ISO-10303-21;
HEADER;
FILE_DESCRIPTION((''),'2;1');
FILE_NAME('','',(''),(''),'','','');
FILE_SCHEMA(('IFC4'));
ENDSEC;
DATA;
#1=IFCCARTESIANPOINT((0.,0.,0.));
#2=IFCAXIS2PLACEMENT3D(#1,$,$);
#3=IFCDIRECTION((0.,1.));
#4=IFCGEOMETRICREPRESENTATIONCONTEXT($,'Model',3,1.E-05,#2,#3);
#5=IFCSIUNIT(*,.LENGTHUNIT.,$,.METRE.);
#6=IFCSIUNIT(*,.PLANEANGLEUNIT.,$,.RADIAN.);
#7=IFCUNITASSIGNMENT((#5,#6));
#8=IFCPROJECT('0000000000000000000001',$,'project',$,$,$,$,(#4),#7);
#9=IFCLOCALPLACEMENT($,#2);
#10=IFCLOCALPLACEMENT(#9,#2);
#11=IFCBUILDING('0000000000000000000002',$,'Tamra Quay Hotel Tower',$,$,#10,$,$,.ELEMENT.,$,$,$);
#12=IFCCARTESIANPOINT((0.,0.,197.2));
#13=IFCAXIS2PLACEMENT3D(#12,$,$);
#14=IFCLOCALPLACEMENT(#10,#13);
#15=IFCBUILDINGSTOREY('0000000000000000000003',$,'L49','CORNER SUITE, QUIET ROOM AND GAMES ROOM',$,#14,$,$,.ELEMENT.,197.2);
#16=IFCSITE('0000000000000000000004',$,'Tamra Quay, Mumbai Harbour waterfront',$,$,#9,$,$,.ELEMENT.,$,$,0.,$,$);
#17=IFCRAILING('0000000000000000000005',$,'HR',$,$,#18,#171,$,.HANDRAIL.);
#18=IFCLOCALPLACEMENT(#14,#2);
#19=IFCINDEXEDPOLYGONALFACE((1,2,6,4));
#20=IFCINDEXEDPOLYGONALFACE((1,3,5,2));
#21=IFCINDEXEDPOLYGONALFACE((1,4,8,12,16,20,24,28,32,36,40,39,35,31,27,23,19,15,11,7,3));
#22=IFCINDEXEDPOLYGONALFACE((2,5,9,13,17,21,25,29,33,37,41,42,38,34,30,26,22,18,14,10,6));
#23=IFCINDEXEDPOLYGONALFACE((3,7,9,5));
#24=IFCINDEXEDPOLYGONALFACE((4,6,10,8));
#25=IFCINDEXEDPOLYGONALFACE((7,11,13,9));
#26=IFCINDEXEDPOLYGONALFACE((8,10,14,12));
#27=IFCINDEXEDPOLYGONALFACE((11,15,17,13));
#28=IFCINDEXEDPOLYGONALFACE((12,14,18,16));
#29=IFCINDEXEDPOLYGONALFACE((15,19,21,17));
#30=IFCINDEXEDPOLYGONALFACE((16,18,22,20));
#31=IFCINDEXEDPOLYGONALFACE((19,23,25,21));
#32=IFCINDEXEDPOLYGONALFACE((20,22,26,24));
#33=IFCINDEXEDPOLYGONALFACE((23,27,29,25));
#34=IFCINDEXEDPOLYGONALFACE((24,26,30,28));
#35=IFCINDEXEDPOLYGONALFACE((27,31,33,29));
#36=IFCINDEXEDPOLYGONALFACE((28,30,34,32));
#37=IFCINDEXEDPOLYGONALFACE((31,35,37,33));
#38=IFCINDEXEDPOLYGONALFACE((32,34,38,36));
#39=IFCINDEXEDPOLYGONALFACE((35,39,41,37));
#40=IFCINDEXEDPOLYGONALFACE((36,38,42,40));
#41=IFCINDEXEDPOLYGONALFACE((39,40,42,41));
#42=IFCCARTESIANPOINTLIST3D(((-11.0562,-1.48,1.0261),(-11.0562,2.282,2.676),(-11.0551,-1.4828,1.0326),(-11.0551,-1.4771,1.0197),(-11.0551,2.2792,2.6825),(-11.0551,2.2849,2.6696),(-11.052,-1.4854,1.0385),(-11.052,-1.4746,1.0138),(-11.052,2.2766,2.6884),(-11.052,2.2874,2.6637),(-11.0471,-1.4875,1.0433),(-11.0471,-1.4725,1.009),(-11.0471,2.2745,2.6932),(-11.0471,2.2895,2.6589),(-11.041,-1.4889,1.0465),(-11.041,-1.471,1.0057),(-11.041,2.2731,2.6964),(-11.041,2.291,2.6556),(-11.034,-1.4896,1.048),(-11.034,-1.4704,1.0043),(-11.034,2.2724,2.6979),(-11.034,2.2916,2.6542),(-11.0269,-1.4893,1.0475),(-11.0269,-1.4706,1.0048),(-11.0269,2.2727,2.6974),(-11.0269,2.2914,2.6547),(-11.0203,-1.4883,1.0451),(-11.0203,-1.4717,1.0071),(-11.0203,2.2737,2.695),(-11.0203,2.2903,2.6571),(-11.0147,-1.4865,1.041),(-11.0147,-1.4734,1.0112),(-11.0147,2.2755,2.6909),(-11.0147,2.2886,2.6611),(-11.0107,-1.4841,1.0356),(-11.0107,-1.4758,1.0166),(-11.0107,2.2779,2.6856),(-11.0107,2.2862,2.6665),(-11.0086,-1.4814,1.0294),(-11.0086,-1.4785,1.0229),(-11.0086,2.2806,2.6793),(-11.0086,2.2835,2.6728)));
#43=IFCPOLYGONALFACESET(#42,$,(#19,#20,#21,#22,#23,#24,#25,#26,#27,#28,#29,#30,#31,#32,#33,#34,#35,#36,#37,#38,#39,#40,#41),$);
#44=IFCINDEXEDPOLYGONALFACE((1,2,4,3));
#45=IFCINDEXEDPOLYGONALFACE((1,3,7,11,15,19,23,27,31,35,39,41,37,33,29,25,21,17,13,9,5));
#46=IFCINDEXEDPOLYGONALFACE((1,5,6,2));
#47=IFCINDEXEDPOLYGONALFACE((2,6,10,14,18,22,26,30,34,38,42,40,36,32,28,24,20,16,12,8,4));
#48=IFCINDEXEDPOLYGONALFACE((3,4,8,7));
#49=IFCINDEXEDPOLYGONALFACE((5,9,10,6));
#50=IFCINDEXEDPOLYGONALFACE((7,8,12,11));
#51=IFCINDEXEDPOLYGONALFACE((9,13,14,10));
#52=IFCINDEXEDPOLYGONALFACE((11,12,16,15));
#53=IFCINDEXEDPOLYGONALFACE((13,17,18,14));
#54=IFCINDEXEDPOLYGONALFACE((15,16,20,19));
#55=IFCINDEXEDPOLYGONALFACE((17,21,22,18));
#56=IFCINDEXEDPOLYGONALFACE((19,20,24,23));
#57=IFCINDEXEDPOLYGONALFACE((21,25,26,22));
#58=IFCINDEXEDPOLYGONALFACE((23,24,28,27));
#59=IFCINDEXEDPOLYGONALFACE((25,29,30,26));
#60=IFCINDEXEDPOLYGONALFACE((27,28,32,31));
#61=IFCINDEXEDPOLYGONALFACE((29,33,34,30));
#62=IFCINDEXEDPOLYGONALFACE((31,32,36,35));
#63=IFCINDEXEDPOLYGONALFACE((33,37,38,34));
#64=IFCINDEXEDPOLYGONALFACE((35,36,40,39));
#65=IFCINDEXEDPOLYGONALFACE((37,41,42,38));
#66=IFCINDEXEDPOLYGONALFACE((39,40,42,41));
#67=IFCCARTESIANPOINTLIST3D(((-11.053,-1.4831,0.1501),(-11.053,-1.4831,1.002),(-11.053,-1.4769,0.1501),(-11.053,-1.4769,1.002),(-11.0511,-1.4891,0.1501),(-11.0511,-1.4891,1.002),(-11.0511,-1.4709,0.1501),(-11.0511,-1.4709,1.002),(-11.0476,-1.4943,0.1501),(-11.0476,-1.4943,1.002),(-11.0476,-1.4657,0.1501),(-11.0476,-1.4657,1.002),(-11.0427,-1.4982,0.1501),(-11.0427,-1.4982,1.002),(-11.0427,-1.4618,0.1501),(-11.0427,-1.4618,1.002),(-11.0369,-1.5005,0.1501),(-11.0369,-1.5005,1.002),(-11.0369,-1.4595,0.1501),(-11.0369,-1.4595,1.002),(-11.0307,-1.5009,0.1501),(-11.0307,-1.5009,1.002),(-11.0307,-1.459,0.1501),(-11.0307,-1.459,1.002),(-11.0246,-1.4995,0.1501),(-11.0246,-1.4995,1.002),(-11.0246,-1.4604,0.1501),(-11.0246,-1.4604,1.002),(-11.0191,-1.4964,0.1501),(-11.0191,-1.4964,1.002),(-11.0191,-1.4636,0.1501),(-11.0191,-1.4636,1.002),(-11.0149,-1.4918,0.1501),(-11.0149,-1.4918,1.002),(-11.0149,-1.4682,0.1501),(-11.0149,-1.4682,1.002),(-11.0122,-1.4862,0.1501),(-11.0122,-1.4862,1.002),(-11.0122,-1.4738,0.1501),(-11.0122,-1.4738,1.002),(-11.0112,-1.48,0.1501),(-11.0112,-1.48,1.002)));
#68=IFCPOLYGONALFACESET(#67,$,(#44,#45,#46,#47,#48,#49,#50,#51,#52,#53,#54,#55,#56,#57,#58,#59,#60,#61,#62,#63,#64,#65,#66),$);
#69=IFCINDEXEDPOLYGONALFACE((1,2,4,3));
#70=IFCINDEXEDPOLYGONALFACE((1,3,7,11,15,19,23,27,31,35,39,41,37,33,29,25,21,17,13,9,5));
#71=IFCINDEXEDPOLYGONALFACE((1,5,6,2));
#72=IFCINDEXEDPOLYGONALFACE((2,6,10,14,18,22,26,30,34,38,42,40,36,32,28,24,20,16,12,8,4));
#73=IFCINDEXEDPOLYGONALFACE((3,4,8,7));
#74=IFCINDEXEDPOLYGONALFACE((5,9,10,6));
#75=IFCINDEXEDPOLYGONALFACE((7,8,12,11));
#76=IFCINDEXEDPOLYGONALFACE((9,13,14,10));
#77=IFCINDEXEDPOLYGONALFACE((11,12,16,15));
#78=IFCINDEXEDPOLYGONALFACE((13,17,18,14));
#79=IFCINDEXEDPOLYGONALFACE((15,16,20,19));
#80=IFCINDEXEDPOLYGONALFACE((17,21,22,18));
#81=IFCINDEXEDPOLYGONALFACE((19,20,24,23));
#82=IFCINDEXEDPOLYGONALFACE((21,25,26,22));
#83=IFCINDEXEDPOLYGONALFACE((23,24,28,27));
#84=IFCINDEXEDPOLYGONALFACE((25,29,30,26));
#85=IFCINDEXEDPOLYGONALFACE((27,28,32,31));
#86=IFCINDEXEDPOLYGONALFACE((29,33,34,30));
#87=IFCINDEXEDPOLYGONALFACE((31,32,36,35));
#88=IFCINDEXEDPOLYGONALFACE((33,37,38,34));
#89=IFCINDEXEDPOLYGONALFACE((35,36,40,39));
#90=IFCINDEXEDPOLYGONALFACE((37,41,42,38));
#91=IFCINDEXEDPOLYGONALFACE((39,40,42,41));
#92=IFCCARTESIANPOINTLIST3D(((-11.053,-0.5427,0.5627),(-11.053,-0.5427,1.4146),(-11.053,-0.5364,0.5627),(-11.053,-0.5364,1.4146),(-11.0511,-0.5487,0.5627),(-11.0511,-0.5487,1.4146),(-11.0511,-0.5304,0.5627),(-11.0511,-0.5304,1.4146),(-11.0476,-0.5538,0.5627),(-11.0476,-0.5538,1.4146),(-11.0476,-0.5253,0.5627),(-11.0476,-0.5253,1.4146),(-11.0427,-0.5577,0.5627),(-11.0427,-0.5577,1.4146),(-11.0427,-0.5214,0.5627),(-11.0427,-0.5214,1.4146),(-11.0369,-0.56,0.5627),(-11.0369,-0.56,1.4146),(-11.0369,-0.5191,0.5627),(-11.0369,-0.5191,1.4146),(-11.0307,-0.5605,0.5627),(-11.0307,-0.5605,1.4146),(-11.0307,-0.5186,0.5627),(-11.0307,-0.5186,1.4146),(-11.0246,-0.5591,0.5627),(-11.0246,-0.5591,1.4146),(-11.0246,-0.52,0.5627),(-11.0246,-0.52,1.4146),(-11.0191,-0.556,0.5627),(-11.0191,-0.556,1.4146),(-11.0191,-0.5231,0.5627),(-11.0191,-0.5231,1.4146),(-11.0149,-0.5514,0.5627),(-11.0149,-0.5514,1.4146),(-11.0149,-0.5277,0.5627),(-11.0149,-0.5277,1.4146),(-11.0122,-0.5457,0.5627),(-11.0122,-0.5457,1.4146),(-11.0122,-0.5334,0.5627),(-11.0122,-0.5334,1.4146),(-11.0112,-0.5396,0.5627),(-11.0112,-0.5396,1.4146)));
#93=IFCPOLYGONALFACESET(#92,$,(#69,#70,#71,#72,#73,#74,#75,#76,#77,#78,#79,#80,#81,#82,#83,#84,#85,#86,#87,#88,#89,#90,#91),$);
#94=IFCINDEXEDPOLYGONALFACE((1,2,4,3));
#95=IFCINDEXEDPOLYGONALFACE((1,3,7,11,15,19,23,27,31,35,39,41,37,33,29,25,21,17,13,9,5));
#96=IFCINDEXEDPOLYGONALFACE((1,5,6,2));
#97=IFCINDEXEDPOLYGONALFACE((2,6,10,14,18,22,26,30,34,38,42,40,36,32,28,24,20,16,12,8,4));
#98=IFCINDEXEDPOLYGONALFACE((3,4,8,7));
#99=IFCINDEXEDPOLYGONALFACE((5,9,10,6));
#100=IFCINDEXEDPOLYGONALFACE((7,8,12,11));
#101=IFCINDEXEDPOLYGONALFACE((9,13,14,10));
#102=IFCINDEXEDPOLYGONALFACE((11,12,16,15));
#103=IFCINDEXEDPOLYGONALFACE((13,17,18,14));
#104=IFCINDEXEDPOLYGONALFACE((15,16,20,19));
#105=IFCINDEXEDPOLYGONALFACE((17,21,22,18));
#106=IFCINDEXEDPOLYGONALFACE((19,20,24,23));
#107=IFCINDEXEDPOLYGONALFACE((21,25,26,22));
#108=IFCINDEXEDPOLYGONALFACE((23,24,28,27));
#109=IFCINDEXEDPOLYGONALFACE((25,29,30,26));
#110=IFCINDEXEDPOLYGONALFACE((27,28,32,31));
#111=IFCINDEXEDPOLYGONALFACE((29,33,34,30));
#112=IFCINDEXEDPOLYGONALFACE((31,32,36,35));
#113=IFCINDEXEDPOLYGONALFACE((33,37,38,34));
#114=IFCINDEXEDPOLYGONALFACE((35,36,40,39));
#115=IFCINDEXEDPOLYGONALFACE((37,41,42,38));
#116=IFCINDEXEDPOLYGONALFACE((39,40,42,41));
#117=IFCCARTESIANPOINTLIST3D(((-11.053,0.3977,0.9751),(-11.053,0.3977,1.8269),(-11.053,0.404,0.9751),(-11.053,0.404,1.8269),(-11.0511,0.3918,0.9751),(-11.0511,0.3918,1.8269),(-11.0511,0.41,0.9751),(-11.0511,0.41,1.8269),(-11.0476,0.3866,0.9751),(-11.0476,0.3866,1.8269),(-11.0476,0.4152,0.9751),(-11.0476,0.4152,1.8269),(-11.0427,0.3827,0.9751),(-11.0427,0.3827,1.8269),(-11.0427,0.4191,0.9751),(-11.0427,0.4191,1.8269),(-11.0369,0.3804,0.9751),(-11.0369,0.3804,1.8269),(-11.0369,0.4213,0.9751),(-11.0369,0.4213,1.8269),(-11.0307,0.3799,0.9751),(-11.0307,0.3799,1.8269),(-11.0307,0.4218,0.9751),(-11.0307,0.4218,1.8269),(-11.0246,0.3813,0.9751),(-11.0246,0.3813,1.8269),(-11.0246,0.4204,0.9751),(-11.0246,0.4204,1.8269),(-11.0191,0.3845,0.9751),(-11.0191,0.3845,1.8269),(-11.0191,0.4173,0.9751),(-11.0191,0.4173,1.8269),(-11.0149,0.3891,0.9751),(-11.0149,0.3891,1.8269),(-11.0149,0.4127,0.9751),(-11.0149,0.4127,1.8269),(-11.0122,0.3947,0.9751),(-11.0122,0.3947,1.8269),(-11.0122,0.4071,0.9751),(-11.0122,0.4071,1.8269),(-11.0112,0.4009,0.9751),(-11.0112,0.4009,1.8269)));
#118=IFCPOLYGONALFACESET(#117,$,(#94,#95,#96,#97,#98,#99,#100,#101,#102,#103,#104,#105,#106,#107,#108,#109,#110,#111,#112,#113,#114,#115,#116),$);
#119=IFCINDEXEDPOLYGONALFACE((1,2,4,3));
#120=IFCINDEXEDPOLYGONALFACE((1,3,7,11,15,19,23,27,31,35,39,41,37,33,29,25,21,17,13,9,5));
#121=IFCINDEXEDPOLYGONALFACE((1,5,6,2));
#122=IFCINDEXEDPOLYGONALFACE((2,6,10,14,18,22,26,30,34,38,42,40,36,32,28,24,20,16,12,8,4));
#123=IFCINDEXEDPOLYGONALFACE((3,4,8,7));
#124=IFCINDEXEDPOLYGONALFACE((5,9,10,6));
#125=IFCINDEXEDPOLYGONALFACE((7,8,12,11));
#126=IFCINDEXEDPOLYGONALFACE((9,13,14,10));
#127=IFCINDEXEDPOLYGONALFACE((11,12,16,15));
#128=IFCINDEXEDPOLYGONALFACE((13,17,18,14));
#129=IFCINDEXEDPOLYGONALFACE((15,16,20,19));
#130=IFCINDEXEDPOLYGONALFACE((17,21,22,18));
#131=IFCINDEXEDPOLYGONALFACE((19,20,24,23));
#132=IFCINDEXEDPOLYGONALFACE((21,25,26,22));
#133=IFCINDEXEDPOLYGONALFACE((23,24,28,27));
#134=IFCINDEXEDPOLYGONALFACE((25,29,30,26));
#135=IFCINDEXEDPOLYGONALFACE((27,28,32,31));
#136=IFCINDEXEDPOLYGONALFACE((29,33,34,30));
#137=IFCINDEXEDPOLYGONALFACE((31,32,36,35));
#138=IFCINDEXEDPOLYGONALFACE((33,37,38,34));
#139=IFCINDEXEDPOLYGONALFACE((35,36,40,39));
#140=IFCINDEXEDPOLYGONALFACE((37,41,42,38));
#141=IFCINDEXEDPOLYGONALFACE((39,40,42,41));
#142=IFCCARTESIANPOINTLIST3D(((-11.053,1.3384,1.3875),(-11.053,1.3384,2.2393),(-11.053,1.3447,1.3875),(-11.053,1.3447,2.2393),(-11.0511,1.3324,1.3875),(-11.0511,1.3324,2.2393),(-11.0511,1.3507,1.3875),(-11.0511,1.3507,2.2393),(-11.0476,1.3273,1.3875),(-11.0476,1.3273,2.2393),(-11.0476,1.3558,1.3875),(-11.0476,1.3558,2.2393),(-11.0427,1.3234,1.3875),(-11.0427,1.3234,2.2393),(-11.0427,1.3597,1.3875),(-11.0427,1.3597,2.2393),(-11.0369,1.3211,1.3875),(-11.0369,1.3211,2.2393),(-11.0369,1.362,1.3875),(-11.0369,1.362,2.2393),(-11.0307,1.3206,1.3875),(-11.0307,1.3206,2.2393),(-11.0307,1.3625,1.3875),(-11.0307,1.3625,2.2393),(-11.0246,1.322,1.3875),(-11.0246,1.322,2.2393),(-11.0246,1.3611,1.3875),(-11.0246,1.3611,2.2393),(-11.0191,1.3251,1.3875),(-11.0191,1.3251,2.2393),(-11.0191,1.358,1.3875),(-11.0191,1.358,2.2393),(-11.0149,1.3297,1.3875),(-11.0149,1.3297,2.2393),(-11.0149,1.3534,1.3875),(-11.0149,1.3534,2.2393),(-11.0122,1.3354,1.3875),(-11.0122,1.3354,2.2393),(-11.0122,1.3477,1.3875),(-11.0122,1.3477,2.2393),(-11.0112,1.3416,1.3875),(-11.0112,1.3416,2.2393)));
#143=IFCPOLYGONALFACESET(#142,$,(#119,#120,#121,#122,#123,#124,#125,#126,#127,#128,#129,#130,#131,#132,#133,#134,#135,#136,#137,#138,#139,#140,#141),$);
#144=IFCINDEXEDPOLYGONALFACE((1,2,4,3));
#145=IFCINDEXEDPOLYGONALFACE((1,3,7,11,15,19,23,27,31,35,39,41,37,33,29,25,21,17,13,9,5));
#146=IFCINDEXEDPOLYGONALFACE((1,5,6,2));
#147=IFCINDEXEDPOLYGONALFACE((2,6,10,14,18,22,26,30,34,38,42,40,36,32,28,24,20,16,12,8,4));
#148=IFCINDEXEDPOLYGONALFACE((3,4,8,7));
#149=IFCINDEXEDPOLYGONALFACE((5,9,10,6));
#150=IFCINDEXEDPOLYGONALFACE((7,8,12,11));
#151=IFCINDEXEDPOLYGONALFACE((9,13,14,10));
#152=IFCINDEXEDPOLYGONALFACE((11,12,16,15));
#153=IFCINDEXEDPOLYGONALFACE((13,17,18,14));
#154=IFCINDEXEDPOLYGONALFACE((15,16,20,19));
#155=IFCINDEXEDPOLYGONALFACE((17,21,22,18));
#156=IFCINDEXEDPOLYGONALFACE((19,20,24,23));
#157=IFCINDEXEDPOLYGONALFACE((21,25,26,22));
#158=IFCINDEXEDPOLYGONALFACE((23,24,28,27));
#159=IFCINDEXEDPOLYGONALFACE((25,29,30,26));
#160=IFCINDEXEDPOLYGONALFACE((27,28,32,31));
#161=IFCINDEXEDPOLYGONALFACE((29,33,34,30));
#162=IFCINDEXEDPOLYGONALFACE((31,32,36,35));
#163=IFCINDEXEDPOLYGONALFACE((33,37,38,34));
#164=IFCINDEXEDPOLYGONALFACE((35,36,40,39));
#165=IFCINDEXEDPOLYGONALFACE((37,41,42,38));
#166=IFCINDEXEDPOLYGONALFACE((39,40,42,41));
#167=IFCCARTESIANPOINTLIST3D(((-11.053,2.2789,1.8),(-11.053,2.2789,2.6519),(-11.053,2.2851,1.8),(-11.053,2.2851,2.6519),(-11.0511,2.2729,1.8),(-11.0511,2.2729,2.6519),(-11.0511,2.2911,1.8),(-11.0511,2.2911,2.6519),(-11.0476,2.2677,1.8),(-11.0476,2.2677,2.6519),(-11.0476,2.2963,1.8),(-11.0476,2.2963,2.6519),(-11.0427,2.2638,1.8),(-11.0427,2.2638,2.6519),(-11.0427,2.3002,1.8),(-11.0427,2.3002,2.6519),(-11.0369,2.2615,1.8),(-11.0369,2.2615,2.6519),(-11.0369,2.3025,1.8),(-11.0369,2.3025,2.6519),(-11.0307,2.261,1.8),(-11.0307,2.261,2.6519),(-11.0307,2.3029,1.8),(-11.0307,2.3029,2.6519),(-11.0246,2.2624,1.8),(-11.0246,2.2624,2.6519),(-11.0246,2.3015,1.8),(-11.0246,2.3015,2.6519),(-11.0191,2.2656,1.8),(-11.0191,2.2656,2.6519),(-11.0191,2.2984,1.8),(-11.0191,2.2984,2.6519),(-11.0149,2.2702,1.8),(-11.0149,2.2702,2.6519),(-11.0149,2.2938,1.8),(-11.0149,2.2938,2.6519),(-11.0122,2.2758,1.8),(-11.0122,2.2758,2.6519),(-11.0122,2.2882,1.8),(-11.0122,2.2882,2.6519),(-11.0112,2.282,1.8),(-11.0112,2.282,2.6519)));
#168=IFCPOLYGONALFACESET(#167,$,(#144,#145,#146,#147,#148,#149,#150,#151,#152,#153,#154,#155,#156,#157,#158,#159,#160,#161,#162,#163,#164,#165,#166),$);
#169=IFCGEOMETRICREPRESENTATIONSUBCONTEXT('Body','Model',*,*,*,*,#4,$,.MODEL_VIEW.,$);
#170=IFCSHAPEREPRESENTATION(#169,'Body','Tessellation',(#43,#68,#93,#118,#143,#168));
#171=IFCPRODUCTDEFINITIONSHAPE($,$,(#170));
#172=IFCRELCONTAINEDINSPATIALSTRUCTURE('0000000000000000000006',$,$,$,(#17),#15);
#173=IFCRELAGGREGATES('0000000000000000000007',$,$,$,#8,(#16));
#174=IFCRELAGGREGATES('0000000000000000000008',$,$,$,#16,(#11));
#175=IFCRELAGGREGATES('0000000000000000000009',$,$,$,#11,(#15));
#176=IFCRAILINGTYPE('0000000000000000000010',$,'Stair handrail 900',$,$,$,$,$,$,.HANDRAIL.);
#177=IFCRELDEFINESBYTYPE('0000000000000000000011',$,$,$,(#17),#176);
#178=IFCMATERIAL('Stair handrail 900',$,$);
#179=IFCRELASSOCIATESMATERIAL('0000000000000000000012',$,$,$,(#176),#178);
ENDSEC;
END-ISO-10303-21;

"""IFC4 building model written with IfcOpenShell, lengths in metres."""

from ifc_helpers import new_model, si_unit, direction, frame, origin, origin_2d, place, context, subcontext, project, spatial, circle, extrude, material, type_object, element, save


model = new_model("IFC4")

# Units and contexts
model_context = context("Model", 3, precision=1e-05, world=origin(), true_north=direction((0.0, 1.0)))
body_context = subcontext(model_context, "Body", "Model", "MODEL_VIEW")
ifc_project = project(units=[si_unit("LENGTHUNIT", "METRE"), si_unit("PLANEANGLEUNIT", "RADIAN")], contexts=[model_context])

# Site, building, storey
site_placement = place(None, origin())
site = spatial("IfcSite", under=ifc_project, at=site_placement, Name="Tamra Quay, Mumbai Harbour waterfront", CompositionType="ELEMENT", RefElevation=0.0)
building_placement = place(site_placement, origin())
building = spatial("IfcBuilding", under=site, at=building_placement, Name="Tamra Quay Hotel Tower", CompositionType="ELEMENT")
storey_placement = place(building_placement, frame((0.0, 0.0, 197.2)))
storey = spatial("IfcBuildingStorey", under=building, at=storey_placement, Name="L49", Description="CORNER SUITE, QUIET ROOM AND GAMES ROOM", CompositionType="ELEMENT", Elevation=197.2)

# Railing
ifc_material_1 = material(Name="Stair handrail 900")
railing_type = type_object("IfcRailingType", Name="Stair handrail 900", PredefinedType="HANDRAIL", material=ifc_material_1)
railing_placement = place(storey_placement, frame((-11.0322, -1.48, 0.1501)))
element("IfcRailing", 1, at=railing_placement, inside=storey, type_object=railing_type, Name="HR", PredefinedType="HANDRAIL", context=body_context, shape_type="SweptSolid", body=[
    extrude(circle(Radius=0.0239, at=origin_2d()), frame((0.0, 0.0, 0.876), z_axis=(0.0, 0.915795, 0.401645), x_axis=(-1.0, 0.0, 0.0)), (0.0, 0.0, 1.0), 4.1079),
    extrude(circle(Radius=0.021, at=origin_2d()), origin(), (0.0, 0.0, 1.0), 0.8518),
    extrude(circle(Radius=0.021, at=origin_2d()), frame((0.0, 0.9404, 0.4126)), (0.0, 0.0, 1.0), 0.8518),
    extrude(circle(Radius=0.021, at=origin_2d()), frame((0.0, 1.8809, 0.825)), (0.0, 0.0, 1.0), 0.8518),
    extrude(circle(Radius=0.021, at=origin_2d()), frame((0.0, 2.8215, 1.2373)), (0.0, 0.0, 1.0), 0.8518),
    extrude(circle(Radius=0.021, at=origin_2d()), frame((0.0, 3.762, 1.6499)), (0.0, 0.0, 1.0), 0.8518),
])

save(model, "model.ifc")
